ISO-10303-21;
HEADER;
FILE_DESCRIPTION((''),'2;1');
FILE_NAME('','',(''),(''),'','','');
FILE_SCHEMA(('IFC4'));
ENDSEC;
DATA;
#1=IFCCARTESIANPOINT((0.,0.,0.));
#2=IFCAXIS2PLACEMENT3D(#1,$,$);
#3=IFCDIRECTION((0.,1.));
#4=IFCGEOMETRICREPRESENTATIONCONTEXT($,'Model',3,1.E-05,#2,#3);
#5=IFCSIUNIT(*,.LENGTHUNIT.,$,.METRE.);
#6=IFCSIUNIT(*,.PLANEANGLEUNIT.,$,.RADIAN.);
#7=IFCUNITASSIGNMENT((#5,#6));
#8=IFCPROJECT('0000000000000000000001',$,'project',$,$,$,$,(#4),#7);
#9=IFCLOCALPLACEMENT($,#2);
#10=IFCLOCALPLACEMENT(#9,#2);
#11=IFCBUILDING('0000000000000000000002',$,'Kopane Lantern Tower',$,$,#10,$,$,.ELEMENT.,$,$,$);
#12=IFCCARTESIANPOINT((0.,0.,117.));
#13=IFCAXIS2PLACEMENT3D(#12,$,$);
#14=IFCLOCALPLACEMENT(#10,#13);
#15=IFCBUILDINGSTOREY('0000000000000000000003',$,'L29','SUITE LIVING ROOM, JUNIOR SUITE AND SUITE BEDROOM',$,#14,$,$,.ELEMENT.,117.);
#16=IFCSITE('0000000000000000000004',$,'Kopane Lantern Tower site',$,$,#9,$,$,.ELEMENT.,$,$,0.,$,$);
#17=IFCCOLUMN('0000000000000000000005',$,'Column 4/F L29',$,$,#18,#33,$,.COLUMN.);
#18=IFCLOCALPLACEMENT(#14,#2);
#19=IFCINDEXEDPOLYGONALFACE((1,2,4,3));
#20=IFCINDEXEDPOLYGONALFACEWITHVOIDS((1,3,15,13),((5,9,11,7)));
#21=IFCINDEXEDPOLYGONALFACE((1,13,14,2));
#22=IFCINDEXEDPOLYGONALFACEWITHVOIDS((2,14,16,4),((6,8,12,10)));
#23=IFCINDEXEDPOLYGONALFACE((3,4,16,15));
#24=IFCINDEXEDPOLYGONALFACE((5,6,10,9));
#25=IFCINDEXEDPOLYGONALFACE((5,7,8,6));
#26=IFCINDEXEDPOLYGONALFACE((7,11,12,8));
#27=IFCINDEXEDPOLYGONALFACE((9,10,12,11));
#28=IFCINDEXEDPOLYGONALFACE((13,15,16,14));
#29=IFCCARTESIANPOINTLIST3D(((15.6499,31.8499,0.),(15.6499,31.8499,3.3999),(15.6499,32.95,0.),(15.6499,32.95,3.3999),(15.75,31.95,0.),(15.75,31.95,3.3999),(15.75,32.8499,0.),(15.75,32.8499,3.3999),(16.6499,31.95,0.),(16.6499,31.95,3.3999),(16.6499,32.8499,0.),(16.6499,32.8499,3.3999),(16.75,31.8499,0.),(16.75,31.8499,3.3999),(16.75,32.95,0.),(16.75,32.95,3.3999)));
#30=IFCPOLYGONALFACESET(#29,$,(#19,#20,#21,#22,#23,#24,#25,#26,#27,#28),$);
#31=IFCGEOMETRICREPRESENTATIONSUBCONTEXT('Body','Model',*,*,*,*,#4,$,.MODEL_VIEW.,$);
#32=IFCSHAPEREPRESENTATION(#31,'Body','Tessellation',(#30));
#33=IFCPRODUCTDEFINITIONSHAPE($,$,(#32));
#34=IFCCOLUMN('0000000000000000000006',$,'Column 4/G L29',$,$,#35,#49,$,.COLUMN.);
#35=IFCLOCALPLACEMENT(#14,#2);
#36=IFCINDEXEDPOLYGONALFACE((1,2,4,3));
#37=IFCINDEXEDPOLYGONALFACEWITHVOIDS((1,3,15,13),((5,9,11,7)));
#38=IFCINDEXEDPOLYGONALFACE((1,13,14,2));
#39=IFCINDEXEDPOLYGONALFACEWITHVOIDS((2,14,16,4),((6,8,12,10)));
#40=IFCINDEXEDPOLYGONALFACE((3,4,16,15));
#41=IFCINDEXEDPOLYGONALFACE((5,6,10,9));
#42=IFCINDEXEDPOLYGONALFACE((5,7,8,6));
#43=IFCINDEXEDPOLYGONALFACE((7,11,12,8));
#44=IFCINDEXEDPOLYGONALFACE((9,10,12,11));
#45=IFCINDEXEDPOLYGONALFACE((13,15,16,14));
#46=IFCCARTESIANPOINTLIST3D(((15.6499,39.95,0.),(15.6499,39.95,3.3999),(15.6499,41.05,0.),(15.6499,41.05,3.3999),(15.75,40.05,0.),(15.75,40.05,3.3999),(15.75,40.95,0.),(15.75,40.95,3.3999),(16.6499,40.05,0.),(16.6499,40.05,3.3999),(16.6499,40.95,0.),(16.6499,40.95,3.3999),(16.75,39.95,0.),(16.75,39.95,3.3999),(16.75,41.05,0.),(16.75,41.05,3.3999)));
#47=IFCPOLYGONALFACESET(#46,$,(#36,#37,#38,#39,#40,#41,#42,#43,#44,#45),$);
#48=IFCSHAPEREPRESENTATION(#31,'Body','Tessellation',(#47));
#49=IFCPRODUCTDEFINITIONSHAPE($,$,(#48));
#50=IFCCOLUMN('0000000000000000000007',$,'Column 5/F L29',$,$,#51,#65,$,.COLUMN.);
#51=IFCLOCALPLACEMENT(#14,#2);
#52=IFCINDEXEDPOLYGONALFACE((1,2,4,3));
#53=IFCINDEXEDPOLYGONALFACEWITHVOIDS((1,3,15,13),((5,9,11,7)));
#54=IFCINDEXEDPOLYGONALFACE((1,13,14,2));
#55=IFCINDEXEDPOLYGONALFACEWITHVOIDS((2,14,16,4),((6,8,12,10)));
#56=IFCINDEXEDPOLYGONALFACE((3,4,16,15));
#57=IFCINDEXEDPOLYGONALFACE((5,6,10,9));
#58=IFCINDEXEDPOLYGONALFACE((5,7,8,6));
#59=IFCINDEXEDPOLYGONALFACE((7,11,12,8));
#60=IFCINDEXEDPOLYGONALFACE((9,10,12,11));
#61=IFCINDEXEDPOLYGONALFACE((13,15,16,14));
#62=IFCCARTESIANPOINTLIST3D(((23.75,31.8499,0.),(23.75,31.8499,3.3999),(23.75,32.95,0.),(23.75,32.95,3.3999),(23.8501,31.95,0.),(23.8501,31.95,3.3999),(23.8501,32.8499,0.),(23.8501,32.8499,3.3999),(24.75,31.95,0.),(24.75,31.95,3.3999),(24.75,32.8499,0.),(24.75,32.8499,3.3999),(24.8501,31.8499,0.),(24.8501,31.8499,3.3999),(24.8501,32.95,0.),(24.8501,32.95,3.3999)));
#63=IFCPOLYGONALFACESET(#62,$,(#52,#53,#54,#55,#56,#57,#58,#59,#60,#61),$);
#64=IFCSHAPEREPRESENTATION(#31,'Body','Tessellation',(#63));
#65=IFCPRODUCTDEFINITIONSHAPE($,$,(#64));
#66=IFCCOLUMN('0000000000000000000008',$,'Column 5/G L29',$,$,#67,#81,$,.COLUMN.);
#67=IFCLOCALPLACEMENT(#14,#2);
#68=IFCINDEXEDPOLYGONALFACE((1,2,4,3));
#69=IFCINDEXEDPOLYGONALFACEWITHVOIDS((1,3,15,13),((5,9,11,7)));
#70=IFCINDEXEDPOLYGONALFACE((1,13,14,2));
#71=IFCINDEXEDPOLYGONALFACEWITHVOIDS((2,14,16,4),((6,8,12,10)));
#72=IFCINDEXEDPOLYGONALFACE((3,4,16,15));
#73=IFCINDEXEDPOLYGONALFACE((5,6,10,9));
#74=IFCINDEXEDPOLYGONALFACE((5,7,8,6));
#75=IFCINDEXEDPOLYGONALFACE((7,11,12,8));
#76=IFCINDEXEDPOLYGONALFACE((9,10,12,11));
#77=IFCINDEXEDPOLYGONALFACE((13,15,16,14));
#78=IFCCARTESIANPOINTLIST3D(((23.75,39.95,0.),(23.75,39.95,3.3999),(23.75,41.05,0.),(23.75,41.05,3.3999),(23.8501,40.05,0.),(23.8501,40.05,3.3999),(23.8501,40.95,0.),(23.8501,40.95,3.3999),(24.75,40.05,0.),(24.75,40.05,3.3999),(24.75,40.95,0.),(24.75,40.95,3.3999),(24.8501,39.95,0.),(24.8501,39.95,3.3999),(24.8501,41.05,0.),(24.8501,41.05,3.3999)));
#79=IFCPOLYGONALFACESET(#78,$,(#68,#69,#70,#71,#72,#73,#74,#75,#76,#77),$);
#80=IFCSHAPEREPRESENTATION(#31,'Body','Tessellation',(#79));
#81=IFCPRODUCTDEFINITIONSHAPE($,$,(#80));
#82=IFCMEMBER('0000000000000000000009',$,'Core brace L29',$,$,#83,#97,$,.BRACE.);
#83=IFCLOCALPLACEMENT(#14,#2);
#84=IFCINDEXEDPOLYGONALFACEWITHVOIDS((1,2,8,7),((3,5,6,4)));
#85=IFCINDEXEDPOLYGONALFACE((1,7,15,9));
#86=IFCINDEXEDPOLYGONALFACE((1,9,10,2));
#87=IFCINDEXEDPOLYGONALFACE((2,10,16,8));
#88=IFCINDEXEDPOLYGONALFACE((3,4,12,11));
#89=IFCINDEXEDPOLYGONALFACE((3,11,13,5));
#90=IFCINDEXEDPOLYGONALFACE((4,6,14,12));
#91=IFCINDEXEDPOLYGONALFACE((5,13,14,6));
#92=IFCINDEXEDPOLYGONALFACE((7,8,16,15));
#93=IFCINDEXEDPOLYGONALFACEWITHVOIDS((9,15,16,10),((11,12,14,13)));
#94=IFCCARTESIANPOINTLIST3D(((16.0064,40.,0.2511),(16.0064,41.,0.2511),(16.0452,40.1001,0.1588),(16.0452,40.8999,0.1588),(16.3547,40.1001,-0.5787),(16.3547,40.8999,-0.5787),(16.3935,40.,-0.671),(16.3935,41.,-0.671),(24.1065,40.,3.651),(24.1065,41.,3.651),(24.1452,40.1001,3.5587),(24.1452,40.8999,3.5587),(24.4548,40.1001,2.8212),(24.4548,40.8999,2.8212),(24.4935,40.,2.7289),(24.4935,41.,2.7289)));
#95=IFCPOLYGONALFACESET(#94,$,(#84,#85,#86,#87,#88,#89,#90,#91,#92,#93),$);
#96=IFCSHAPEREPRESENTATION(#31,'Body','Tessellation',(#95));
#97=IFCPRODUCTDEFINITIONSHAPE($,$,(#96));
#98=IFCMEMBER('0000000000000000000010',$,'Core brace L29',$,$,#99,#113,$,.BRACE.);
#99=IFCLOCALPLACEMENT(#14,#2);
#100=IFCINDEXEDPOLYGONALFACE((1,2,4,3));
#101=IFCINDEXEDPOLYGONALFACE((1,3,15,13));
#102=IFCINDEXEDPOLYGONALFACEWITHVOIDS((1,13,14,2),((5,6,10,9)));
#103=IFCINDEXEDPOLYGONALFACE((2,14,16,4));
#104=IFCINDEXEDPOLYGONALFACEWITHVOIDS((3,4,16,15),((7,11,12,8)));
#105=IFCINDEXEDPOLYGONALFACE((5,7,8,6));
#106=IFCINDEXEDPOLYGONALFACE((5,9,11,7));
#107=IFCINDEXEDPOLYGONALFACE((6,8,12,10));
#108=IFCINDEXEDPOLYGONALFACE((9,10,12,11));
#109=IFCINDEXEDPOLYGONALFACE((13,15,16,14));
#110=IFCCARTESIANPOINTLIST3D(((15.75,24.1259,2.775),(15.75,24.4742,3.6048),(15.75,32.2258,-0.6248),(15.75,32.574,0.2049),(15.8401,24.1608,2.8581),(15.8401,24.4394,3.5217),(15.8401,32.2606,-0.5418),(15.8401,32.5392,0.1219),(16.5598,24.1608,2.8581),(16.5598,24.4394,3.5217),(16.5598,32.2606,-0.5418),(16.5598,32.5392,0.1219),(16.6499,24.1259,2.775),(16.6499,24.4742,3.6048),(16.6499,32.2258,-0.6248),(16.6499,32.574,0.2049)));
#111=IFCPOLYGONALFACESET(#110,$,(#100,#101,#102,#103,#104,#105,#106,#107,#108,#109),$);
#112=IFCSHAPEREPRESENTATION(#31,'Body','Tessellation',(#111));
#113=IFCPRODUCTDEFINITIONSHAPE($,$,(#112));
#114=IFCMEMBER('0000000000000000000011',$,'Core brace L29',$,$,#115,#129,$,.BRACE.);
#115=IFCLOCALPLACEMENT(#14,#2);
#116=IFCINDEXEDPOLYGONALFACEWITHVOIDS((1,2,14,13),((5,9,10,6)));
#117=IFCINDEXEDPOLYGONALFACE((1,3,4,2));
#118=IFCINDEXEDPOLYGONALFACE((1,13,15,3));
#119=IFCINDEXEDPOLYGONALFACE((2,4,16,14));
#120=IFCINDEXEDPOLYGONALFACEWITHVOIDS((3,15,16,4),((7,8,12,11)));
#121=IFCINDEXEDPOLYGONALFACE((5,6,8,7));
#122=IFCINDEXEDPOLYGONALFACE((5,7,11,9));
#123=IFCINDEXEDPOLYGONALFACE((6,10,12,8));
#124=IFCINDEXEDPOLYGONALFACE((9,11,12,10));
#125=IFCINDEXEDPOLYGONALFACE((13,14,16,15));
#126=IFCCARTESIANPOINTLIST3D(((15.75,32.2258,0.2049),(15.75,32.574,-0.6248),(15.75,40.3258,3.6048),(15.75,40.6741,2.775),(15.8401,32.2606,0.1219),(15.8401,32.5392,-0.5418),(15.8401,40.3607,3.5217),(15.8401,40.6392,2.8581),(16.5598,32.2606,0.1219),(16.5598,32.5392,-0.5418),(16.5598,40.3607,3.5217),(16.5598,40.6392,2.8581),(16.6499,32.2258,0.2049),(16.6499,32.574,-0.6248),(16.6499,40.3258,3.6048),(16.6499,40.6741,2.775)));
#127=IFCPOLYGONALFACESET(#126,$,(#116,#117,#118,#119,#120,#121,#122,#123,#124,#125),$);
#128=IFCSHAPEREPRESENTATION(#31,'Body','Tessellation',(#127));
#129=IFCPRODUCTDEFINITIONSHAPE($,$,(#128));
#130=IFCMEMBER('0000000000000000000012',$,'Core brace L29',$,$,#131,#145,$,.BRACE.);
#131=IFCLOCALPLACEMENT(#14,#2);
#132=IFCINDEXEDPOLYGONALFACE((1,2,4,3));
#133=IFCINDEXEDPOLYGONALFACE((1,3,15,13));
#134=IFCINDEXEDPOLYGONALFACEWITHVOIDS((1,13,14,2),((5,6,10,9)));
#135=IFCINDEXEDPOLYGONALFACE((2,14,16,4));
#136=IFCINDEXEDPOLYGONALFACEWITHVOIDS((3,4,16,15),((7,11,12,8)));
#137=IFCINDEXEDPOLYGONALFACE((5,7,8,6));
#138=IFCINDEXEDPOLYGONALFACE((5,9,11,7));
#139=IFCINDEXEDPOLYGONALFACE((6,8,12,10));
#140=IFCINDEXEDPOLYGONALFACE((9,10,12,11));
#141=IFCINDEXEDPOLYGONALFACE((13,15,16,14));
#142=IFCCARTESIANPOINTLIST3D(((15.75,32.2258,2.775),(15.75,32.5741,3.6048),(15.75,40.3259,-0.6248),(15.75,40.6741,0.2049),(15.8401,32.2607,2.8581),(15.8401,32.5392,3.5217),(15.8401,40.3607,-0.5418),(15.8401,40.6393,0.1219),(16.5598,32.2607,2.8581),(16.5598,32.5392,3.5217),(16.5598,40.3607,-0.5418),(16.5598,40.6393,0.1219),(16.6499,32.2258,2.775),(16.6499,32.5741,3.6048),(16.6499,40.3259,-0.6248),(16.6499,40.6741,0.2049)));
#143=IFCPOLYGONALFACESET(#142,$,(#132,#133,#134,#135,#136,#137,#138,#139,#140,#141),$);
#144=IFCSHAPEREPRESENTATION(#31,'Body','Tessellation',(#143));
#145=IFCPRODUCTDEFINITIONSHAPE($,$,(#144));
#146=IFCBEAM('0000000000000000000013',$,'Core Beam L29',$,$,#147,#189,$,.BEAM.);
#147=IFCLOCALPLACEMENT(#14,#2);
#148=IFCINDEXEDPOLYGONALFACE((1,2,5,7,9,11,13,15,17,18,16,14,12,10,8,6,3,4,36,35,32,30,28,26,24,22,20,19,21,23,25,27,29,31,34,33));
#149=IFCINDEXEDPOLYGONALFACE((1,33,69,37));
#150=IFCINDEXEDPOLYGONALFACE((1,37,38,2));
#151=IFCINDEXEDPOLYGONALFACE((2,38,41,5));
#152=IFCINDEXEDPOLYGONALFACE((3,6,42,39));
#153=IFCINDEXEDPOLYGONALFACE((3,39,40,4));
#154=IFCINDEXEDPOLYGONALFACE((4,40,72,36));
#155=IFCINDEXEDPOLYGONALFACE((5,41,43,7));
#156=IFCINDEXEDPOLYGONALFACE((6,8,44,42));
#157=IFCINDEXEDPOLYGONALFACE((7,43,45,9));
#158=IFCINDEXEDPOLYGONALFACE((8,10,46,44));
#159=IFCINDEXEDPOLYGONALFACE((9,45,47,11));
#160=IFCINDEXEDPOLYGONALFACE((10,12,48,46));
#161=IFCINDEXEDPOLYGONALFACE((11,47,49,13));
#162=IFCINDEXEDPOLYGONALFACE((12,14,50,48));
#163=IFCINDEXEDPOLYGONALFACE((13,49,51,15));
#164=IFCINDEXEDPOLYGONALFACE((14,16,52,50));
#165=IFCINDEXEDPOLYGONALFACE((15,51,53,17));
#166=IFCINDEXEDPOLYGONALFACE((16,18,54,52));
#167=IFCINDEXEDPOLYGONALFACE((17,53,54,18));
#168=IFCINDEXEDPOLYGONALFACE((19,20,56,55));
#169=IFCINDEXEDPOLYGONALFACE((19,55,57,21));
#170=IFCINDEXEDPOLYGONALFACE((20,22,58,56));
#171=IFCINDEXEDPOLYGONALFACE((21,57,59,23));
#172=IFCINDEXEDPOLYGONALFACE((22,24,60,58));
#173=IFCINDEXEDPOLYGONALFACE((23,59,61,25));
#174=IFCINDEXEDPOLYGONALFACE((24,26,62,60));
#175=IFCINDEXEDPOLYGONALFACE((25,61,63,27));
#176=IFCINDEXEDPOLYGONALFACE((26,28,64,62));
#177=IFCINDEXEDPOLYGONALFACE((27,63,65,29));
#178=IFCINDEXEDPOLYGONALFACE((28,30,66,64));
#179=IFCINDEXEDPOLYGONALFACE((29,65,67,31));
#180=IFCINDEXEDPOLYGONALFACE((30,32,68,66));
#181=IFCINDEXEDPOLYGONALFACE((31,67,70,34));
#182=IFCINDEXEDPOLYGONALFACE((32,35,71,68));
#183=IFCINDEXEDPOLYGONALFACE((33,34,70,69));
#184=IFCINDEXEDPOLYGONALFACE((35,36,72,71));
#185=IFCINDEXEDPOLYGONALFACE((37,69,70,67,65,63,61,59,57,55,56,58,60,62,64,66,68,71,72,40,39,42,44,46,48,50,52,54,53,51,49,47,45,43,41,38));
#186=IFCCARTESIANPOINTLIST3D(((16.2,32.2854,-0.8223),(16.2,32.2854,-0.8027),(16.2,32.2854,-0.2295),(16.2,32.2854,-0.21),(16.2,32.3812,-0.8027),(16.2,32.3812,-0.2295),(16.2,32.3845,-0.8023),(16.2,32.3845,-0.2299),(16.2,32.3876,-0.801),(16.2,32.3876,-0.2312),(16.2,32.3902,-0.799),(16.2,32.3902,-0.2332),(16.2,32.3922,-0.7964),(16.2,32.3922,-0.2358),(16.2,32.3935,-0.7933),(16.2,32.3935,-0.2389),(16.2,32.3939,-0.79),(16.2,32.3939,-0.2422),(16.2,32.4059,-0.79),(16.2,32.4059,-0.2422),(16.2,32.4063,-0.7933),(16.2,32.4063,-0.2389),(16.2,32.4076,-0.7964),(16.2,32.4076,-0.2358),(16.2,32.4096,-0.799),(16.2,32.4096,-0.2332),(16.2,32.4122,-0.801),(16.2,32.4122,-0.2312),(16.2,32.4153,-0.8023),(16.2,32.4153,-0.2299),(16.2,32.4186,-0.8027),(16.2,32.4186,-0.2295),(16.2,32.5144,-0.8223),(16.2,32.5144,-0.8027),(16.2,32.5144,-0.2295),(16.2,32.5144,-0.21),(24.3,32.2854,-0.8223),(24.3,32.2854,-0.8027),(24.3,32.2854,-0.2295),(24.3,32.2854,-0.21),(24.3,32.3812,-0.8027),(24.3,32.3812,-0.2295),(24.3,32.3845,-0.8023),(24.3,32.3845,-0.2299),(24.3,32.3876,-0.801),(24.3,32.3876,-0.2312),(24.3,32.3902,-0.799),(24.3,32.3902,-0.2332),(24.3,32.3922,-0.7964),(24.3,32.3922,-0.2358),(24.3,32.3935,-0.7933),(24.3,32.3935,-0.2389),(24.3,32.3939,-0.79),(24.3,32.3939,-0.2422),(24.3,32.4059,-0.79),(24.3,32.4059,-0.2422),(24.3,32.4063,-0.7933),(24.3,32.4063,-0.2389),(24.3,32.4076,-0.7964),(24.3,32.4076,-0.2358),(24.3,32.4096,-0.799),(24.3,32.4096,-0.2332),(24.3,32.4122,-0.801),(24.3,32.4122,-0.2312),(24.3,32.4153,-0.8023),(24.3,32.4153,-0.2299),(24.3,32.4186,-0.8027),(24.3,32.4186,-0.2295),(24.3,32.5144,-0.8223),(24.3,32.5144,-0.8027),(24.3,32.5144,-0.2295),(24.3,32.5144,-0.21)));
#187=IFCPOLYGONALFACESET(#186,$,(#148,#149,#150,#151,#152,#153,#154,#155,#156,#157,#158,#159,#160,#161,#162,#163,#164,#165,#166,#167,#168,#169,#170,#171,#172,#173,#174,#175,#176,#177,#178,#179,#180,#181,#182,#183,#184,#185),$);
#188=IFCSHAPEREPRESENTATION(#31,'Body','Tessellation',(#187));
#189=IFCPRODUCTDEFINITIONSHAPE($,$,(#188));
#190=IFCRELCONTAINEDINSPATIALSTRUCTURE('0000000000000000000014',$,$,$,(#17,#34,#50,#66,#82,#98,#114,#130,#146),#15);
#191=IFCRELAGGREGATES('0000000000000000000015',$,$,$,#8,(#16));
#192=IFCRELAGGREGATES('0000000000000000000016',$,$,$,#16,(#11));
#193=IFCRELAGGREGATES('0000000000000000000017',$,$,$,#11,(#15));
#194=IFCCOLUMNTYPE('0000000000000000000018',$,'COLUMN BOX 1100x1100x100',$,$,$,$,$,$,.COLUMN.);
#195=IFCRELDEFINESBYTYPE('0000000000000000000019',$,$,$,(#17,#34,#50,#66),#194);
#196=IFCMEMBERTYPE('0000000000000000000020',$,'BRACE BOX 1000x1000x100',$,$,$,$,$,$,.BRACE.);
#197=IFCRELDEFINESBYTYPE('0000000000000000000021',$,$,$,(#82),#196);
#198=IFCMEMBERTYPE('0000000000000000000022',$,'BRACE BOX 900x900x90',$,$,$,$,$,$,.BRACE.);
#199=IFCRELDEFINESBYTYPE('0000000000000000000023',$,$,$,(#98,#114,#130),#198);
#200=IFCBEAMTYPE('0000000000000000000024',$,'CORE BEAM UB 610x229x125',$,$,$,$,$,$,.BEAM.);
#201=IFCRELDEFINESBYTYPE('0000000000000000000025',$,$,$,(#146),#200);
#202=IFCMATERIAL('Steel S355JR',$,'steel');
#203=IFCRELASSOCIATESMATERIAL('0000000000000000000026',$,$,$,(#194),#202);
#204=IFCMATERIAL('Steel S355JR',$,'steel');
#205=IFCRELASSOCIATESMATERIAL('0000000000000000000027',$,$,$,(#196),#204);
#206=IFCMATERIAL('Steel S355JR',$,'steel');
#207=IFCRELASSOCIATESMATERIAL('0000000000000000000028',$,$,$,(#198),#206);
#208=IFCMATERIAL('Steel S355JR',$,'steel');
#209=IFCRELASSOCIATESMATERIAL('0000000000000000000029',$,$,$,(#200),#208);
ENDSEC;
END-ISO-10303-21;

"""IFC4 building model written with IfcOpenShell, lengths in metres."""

from ifc_helpers import new_model, si_unit, direction, frame, origin, origin_2d, place, context, subcontext, project, spatial, hollow_rectangle, i_section, extrude, material, material_profile, profile_set, type_object, element, save


model = new_model("IFC4")

# Units and contexts
model_context = context("Model", 3, precision=1e-05, world=origin(), true_north=direction((0.0, 1.0)))
body_context = subcontext(model_context, "Body", "Model", "MODEL_VIEW")
ifc_project = project(units=[si_unit("LENGTHUNIT", "METRE"), si_unit("PLANEANGLEUNIT", "RADIAN")], contexts=[model_context])

# Site, building, storey
site_placement = place(None, origin())
site = spatial("IfcSite", under=ifc_project, at=site_placement, Name="Kopane Lantern Tower site", CompositionType="ELEMENT", RefElevation=0.0)
building_placement = place(site_placement, origin())
building = spatial("IfcBuilding", under=site, at=building_placement, Name="Kopane Lantern Tower", CompositionType="ELEMENT")
storey_placement = place(building_placement, frame((0.0, 0.0, 117.0)))
storey = spatial("IfcBuildingStorey", under=building, at=storey_placement, Name="L29", Description="SUITE LIVING ROOM, JUNIOR SUITE AND SUITE BEDROOM", CompositionType="ELEMENT", Elevation=117.0)

# Columns
ifc_material_1 = material(Name="Steel S355JR", Category="steel")
ifc_material_profile_1 = material_profile(ifc_material_1, hollow_rectangle(XDim=1.1001, YDim=1.1001, WallThickness=0.1001, at=origin_2d()), Name="BOX 1100x1100x100")
ifc_profile_set_1 = profile_set([ifc_material_profile_1], Name="Steel S355JR")
column_type = type_object("IfcColumnType", Name="COLUMN BOX 1100x1100x100", PredefinedType="COLUMN", material=ifc_profile_set_1)
for number, where, z_axis, x_axis, name in (
    (1, (16.2, 32.3999, 0.0), (0.0, 0.0, 1.0), (1.0, 0.0, 0.0), "Column 4/F L29"),
    (2, (16.2, 40.5, 0.0), (0.0, 0.0, 1.0), (1.0, 0.0, 0.0), "Column 4/G L29"),
    (3, (24.3, 32.3999, 0.0), (0.0, 0.0, 1.0), (1.0, 0.0, 0.0), "Column 5/F L29"),
    (4, (24.3, 40.5, 0.0), (0.0, 0.0, 1.0), (1.0, 0.0, 0.0), "Column 5/G L29"),
):
    element("IfcColumn", number, at=place(storey_placement, frame(where, z_axis=z_axis, x_axis=x_axis)), inside=storey, type_object=column_type, Name=name, PredefinedType="COLUMN", context=body_context, shape_type="SweptSolid", body=[
        extrude(hollow_rectangle(XDim=1.1001, YDim=1.1001, WallThickness=0.1001, at=origin_2d()), origin(), (0.0, 0.0, 1.0), 3.3999),
    ])

# Members
ifc_material_2 = material(Name="Steel S355JR", Category="steel")
ifc_material_profile_2 = material_profile(ifc_material_2, hollow_rectangle(XDim=1.0, YDim=1.0, WallThickness=0.1001, at=origin_2d()), Name="BOX 1000x1000x100")
ifc_profile_set_2 = profile_set([ifc_material_profile_2], Name="Steel S355JR")
member_type_1 = type_object("IfcMemberType", Name="BRACE BOX 1000x1000x100", PredefinedType="BRACE", material=ifc_profile_set_2)
member_1_placement = place(storey_placement, frame((16.2, 40.5, -0.21), z_axis=(0.922069, 0.0, 0.387026), x_axis=(0.0, 1.0, 0.0)))
element("IfcMember", 5, at=member_1_placement, inside=storey, type_object=member_type_1, Name="Core brace L29", PredefinedType="BRACE", context=body_context, shape_type="SweptSolid", body=[
    extrude(hollow_rectangle(XDim=1.0, YDim=1.0, WallThickness=0.1001, at=origin_2d()), origin(), (0.0, 0.0, 1.0), 8.7847),
])
ifc_material_3 = material(Name="Steel S355JR", Category="steel")
ifc_material_profile_3 = material_profile(ifc_material_3, hollow_rectangle(XDim=0.8999, YDim=0.8999, WallThickness=0.0901, at=origin_2d()), Name="BOX 900x900x90")
ifc_profile_set_3 = profile_set([ifc_material_profile_3], Name="Steel S355JR")
member_type_2 = type_object("IfcMemberType", Name="BRACE BOX 900x900x90", PredefinedType="BRACE", material=ifc_profile_set_3)
member_2_placement = place(storey_placement, frame((16.2, 32.3999, -0.21), z_axis=(0.0, -0.922065, 0.387035), x_axis=(1.0, 0.0, 0.0)))
element("IfcMember", 6, at=member_2_placement, inside=storey, type_object=member_type_2, Name="Core brace L29", PredefinedType="BRACE", context=body_context, shape_type="SweptSolid", body=[
    extrude(hollow_rectangle(XDim=0.8999, YDim=0.8999, WallThickness=0.0901, at=origin_2d()), origin(), (0.0, 0.0, 1.0), 8.7844),
])
for number, where, z_axis, x_axis, name in (
    (7, (16.2, 32.3999, -0.21), (0.0, 0.922069, 0.387026), (-1.0, 0.0, 0.0), "Core brace L29"),
    (8, (16.2, 40.5, -0.21), (0.0, -0.922069, 0.387026), (1.0, 0.0, 0.0), "Core brace L29"),
):
    element("IfcMember", number, at=place(storey_placement, frame(where, z_axis=z_axis, x_axis=x_axis)), inside=storey, type_object=member_type_2, Name=name, PredefinedType="BRACE", context=body_context, shape_type="SweptSolid", body=[
        extrude(hollow_rectangle(XDim=0.8999, YDim=0.8999, WallThickness=0.0901, at=origin_2d()), origin(), (0.0, 0.0, 1.0), 8.7847),
    ])

# Beam
ifc_material_4 = material(Name="Steel S355JR", Category="steel")
ifc_material_profile_4 = material_profile(ifc_material_4, i_section(OverallWidth=0.229, OverallDepth=0.6123, WebThickness=0.012, FlangeThickness=0.0195, FilletRadius=0.0127, at=origin_2d()), Name="UB 610x229x125")
ifc_profile_set_4 = profile_set([ifc_material_profile_4], Name="Steel S355JR")
beam_type_1 = type_object("IfcBeamType", Name="CORE BEAM UB 610x229x125", PredefinedType="BEAM", material=ifc_profile_set_4)
for number, where, z_axis, x_axis, name in (
    (9, (16.2, 32.3999, -0.5161), (1.0, 0.0, 0.0), (0.0, 1.0, 0.0), "Core Beam L29"),
):
    element("IfcBeam", number, at=place(storey_placement, frame(where, z_axis=z_axis, x_axis=x_axis)), inside=storey, type_object=beam_type_1, Name=name, PredefinedType="BEAM", context=body_context, shape_type="SweptSolid", body=[
        extrude(i_section(OverallWidth=0.229, OverallDepth=0.6123, WebThickness=0.012, FlangeThickness=0.0195, FilletRadius=0.0127, at=origin_2d()), origin(), (0.0, 0.0, 1.0), 8.1001),
    ])

save(model, "model.ifc")
